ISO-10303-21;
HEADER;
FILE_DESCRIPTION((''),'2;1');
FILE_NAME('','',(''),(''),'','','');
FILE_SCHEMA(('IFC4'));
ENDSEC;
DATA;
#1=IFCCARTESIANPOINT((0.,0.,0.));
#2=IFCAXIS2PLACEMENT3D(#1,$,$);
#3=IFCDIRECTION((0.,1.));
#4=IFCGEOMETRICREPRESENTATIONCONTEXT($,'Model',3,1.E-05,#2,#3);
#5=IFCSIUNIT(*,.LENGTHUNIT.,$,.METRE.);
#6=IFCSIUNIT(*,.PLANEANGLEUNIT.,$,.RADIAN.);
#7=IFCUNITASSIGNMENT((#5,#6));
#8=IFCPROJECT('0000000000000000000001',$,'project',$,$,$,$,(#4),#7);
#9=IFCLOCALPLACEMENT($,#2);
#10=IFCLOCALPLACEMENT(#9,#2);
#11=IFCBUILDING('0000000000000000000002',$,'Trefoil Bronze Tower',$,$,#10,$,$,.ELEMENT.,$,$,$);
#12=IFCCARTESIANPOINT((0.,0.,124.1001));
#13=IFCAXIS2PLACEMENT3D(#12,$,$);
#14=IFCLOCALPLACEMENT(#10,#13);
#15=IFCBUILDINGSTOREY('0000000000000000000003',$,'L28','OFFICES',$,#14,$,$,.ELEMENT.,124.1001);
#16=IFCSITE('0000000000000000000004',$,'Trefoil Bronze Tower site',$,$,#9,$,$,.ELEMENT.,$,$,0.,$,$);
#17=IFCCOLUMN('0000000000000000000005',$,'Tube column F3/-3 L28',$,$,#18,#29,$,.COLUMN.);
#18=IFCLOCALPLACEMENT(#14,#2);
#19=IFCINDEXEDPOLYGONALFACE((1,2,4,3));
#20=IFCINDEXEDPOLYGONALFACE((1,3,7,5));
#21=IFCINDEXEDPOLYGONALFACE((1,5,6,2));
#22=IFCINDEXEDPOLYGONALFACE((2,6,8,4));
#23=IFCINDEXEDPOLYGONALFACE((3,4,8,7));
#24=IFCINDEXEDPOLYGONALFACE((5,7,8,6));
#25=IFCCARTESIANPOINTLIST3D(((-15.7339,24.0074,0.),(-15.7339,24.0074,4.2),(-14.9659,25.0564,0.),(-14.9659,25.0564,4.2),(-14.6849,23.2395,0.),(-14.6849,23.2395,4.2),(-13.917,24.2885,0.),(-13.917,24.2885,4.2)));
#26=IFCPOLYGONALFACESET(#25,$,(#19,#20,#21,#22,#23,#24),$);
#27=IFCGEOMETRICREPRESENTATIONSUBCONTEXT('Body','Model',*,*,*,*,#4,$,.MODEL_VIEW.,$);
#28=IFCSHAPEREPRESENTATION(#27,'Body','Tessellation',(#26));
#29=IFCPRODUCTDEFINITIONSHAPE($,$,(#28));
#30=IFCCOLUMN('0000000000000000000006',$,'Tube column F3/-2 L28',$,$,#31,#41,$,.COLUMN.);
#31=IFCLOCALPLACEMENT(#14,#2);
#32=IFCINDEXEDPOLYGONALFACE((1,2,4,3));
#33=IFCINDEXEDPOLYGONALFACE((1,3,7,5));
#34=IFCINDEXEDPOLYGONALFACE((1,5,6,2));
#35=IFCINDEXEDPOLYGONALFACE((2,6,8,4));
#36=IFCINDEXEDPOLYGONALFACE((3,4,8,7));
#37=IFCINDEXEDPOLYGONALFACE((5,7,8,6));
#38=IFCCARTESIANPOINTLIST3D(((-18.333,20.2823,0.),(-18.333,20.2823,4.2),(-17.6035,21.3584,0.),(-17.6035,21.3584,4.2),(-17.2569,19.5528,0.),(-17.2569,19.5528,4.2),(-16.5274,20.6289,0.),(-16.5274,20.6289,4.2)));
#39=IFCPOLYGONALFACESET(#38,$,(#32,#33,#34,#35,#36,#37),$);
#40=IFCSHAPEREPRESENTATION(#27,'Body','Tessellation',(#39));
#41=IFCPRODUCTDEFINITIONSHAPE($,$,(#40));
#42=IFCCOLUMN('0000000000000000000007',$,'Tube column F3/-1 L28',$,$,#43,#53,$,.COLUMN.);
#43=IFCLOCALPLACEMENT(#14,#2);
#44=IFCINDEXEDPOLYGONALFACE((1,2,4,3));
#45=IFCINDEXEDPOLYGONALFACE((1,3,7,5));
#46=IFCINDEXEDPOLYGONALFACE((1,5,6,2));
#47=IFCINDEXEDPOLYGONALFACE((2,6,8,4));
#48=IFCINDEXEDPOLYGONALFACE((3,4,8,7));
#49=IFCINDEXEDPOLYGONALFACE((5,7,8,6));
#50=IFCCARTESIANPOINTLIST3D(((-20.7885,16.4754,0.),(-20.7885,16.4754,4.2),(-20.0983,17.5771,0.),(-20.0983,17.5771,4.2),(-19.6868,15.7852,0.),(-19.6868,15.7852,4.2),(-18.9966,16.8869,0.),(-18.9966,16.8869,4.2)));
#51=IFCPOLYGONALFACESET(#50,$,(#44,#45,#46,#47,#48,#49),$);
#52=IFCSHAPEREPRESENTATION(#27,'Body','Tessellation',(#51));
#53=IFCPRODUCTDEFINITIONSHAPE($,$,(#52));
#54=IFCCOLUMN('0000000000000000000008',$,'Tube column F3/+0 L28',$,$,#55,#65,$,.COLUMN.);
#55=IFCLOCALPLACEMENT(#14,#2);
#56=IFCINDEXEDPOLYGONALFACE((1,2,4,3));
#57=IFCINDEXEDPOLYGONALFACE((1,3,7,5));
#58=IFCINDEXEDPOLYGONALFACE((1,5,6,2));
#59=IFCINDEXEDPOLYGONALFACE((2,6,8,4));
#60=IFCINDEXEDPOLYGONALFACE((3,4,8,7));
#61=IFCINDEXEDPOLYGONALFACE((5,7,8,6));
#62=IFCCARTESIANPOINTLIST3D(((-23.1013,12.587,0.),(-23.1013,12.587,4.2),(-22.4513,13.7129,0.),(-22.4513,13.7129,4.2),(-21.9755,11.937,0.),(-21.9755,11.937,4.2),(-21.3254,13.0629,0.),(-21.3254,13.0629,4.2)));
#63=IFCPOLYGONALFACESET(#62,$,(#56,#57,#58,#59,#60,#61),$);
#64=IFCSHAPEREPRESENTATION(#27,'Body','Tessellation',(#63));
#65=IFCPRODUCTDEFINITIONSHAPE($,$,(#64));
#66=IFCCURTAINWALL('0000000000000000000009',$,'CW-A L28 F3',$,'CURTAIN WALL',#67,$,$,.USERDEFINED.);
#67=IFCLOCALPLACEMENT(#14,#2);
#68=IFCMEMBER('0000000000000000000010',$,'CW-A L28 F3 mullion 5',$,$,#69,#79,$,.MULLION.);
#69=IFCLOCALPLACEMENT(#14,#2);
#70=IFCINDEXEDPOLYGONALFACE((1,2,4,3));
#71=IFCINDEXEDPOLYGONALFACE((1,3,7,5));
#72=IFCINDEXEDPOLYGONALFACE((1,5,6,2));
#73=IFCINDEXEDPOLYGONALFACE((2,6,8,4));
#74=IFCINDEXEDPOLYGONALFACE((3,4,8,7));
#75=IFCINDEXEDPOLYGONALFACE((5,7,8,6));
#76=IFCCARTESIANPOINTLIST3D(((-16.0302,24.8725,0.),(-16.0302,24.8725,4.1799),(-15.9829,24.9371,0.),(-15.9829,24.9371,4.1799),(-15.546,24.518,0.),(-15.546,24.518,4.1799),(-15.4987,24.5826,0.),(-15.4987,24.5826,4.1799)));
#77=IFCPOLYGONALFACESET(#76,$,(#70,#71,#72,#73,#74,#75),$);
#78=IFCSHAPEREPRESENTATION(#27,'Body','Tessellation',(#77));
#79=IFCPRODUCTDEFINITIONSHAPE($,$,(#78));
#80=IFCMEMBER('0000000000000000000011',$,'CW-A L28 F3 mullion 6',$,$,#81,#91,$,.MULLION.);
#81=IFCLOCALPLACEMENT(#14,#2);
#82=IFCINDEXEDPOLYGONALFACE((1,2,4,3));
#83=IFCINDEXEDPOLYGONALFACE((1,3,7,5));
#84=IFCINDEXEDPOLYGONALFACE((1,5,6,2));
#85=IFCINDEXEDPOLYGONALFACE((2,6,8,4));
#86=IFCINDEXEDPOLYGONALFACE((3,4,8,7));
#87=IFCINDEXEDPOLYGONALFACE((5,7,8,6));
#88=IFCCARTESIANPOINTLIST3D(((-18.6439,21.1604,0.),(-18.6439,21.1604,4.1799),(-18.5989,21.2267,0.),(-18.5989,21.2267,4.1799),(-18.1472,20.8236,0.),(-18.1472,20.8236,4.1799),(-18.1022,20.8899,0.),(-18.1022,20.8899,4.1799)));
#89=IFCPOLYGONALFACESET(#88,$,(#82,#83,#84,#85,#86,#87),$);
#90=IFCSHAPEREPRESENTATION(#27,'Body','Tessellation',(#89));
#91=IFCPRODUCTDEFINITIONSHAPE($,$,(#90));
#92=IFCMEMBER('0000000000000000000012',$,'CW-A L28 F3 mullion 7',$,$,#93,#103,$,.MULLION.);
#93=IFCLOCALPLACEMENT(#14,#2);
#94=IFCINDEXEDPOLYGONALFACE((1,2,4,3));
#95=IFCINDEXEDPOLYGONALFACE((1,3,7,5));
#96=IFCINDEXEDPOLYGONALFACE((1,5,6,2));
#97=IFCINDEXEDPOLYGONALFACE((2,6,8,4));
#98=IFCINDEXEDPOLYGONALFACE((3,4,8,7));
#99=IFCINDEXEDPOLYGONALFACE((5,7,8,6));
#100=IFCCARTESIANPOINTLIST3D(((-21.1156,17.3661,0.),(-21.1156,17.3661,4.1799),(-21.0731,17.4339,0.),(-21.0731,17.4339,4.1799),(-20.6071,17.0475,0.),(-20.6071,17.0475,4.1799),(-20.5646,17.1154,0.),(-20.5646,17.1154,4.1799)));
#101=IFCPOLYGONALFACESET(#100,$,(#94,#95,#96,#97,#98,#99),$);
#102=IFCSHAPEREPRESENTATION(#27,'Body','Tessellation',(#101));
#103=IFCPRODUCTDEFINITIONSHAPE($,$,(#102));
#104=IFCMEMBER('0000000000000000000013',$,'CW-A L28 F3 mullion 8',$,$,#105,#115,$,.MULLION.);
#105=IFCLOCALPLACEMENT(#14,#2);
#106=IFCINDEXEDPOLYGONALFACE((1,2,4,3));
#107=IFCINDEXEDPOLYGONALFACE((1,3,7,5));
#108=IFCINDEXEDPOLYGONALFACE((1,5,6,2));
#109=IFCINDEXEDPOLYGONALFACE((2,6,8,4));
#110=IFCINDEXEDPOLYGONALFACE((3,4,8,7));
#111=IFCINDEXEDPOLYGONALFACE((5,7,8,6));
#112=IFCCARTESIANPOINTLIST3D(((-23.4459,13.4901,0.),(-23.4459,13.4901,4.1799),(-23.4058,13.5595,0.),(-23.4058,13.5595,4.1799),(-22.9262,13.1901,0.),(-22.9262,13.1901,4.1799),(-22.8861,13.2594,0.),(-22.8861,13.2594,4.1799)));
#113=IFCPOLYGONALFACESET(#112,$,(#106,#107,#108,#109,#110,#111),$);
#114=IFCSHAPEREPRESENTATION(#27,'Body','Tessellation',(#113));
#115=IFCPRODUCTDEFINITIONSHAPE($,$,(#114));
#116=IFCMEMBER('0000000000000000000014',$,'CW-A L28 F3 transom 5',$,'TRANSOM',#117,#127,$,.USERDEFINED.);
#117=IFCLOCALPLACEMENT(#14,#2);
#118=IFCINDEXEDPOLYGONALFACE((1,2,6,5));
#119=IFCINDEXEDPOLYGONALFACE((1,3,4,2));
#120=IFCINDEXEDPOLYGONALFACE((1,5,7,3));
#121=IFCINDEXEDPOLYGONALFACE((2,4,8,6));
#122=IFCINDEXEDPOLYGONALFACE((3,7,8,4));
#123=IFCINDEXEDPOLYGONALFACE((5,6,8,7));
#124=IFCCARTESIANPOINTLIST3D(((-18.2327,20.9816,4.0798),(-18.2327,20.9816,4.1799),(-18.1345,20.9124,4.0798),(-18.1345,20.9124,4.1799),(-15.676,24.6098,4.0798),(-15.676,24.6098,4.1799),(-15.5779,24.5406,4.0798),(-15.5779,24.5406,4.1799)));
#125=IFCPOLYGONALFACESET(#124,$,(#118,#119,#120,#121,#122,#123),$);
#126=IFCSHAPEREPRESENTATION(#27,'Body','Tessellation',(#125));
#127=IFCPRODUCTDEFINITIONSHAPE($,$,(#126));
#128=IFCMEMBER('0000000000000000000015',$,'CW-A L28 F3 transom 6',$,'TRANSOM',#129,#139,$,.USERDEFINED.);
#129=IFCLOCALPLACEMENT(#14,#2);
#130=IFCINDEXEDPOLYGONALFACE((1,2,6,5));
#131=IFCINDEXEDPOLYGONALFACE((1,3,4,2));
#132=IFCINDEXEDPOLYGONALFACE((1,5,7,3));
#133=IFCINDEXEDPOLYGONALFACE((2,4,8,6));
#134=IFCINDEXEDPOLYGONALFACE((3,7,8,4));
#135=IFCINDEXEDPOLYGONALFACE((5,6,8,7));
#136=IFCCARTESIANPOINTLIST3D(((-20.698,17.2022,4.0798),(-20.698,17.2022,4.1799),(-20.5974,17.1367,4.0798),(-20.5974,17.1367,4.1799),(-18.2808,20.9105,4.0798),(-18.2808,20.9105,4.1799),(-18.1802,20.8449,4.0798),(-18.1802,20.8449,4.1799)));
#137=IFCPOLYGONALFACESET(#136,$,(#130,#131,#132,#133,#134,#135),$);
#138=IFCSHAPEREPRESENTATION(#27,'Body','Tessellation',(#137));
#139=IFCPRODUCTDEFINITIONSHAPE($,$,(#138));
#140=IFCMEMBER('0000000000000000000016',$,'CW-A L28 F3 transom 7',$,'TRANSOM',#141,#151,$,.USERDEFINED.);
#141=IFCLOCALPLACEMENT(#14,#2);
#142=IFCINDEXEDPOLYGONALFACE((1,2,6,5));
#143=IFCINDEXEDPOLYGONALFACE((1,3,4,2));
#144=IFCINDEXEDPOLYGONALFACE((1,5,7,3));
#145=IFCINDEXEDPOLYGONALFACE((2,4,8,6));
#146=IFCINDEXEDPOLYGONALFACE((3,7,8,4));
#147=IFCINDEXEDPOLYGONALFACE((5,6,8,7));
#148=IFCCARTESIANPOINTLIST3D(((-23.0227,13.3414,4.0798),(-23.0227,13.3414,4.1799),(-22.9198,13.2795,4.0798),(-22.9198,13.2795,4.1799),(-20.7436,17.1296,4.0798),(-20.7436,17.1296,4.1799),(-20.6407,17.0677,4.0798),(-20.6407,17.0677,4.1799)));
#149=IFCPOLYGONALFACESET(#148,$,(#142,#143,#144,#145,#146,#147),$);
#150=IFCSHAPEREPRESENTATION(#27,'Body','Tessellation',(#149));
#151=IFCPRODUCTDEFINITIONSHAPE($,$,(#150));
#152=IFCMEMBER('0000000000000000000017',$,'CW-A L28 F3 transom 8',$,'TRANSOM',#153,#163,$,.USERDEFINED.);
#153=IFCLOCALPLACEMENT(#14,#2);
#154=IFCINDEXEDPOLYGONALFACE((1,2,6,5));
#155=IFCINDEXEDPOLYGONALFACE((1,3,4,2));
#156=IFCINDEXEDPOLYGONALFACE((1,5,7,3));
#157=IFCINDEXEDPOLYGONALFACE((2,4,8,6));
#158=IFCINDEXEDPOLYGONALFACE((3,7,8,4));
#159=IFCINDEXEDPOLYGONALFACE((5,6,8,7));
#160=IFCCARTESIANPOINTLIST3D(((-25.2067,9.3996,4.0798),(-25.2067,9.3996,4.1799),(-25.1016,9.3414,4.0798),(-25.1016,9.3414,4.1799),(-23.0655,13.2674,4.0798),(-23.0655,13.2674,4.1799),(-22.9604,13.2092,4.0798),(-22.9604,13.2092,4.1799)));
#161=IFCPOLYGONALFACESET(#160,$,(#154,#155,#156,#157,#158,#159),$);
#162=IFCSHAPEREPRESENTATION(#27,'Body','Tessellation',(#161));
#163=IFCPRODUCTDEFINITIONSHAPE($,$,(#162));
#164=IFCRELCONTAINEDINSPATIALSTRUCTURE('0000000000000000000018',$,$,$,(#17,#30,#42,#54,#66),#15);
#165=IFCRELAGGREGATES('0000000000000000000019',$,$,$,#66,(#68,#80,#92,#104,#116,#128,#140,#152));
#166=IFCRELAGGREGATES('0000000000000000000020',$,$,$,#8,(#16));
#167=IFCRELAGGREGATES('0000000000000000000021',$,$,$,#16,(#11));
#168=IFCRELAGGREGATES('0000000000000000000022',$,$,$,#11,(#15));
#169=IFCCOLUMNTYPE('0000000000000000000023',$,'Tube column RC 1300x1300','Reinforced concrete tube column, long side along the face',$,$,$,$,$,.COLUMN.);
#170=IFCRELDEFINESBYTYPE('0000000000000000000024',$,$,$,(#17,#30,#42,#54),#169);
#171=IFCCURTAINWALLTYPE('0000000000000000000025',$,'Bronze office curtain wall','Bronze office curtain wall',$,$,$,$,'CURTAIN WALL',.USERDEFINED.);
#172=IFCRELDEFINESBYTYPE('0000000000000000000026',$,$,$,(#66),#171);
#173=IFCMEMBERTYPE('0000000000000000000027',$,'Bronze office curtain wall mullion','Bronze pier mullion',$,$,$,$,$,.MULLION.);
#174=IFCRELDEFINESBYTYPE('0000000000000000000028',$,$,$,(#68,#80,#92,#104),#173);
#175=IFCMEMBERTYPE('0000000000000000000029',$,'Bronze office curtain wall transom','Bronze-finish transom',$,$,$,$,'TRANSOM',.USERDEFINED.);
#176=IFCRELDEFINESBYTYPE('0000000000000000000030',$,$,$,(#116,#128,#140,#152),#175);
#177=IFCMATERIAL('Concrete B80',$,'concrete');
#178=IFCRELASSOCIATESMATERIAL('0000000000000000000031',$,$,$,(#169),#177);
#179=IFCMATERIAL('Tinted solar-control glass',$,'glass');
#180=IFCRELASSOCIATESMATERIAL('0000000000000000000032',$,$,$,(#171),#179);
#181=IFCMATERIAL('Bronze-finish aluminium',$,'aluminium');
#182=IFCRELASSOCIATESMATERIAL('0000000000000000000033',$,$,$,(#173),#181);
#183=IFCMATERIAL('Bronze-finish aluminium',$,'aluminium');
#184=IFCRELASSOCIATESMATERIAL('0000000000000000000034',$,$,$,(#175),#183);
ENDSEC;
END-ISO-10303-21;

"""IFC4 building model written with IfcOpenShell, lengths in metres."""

from ifc_helpers import new_model, si_unit, direction, frame, origin, origin_2d, place, context, subcontext, project, spatial, rectangle, extrude, material, material_profile, profile_set, type_object, element, aggregate, save


model = new_model("IFC4")

# Units and contexts
model_context = context("Model", 3, precision=1e-05, world=origin(), true_north=direction((0.0, 1.0)))
body_context = subcontext(model_context, "Body", "Model", "MODEL_VIEW")
ifc_project = project(units=[si_unit("LENGTHUNIT", "METRE"), si_unit("PLANEANGLEUNIT", "RADIAN")], contexts=[model_context])

# Site, building, storey
site_placement = place(None, origin())
site = spatial("IfcSite", under=ifc_project, at=site_placement, Name="Trefoil Bronze Tower site", CompositionType="ELEMENT", RefElevation=0.0)
building_placement = place(site_placement, origin())
building = spatial("IfcBuilding", under=site, at=building_placement, Name="Trefoil Bronze Tower", CompositionType="ELEMENT")
storey_placement = place(building_placement, frame((0.0, 0.0, 124.1001)))
storey = spatial("IfcBuildingStorey", under=building, at=storey_placement, Name="L28", Description="OFFICES", CompositionType="ELEMENT", Elevation=124.1001)

# Columns
ifc_material_1 = material(Name="Concrete B80", Category="concrete")
ifc_material_profile_1 = material_profile(ifc_material_1, rectangle(XDim=1.3, YDim=1.3, at=origin_2d()), Name="RC 1300x1300")
ifc_profile_set_1 = profile_set([ifc_material_profile_1], Name="Concrete B80")
column_type = type_object("IfcColumnType", Name="Tube column RC 1300x1300", Description="Reinforced concrete tube column, long side along the face", PredefinedType="COLUMN", material=ifc_profile_set_1)
for number, where, z_axis, x_axis, name in (
    (1, (-14.8254, 24.1479, 0.0), (0.0, 0.0, 1.0), (-0.590723, -0.806875, 0.0), "Tube column F3/-3 L28"),
    (2, (-17.4302, 20.4556, 0.0), (0.0, 0.0, 1.0), (-0.561136, -0.827724, 0.0), "Tube column F3/-2 L28"),
    (3, (-19.8926, 16.6812, 0.0), (0.0, 0.0, 1.0), (-0.530893, -0.847439, 0.0), "Tube column F3/-1 L28"),
    (4, (-22.2134, 12.825, 0.0), (0.0, 0.0, 1.0), (-0.5, -0.866025, 0.0), "Tube column F3/+0 L28"),
):
    element("IfcColumn", number, at=place(storey_placement, frame(where, z_axis=z_axis, x_axis=x_axis)), inside=storey, type_object=column_type, Name=name, PredefinedType="COLUMN", context=body_context, shape_type="SweptSolid", body=[
        extrude(rectangle(XDim=1.3, YDim=1.3, at=origin_2d()), origin(), (0.0, 0.0, 1.0), 4.2),
    ])

# Curtain wall, members
ifc_material_2 = material(Name="Tinted solar-control glass", Category="glass")
curtain_wall_type = type_object("IfcCurtainWallType", Name="Bronze office curtain wall", Description="Bronze office curtain wall", ElementType="CURTAIN WALL", PredefinedType="USERDEFINED", material=ifc_material_2)
curtain_wall_placement = place(storey_placement, origin())
curtain_wall = element("IfcCurtainWall", 5, at=curtain_wall_placement, inside=storey, type_object=curtain_wall_type, Name="CW-A L28 F3", ObjectType="CURTAIN WALL", PredefinedType="USERDEFINED")
ifc_material_3 = material(Name="Bronze-finish aluminium", Category="aluminium")
ifc_material_profile_2 = material_profile(ifc_material_3, rectangle(XDim=0.6001, YDim=0.0801, at=origin_2d()), Name="CW-A mullion")
ifc_profile_set_2 = profile_set([ifc_material_profile_2], Name="Bronze-finish aluminium")
member_type_1 = type_object("IfcMemberType", Name="Bronze office curtain wall mullion", Description="Bronze pier mullion", PredefinedType="MULLION", material=ifc_profile_set_2)
member_1_placement = place(storey_placement, frame((-15.7644, 24.7275, 0.0), z_axis=(0.0, 0.0, 1.0), x_axis=(0.806875, -0.590723, 0.0)))
member_1 = element("IfcMember", 6, at=member_1_placement, type_object=member_type_1, Name="CW-A L28 F3 mullion 5", PredefinedType="MULLION", context=body_context, shape_type="SweptSolid", body=[
    extrude(rectangle(XDim=0.6001, YDim=0.0801, at=origin_2d()), origin(), (0.0, 0.0, 1.0), 4.1799),
])
member_2_placement = place(storey_placement, frame((-18.373, 21.0251, 0.0), z_axis=(0.0, 0.0, 1.0), x_axis=(0.827724, -0.561136, 0.0)))
member_2 = element("IfcMember", 7, at=member_2_placement, type_object=member_type_1, Name="CW-A L28 F3 mullion 6", PredefinedType="MULLION", context=body_context, shape_type="SweptSolid", body=[
    extrude(rectangle(XDim=0.6001, YDim=0.0801, at=origin_2d()), origin(), (0.0, 0.0, 1.0), 4.1799),
])
member_3_placement = place(storey_placement, frame((-20.8401, 17.2407, 0.0), z_axis=(0.0, 0.0, 1.0), x_axis=(0.847439, -0.530893, 0.0)))
member_3 = element("IfcMember", 8, at=member_3_placement, type_object=member_type_1, Name="CW-A L28 F3 mullion 7", PredefinedType="MULLION", context=body_context, shape_type="SweptSolid", body=[
    extrude(rectangle(XDim=0.6001, YDim=0.0801, at=origin_2d()), origin(), (0.0, 0.0, 1.0), 4.1799),
])
member_4_placement = place(storey_placement, frame((-23.166, 13.3748, 0.0), z_axis=(0.0, 0.0, 1.0), x_axis=(0.866025, -0.5, 0.0)))
member_4 = element("IfcMember", 9, at=member_4_placement, type_object=member_type_1, Name="CW-A L28 F3 mullion 8", PredefinedType="MULLION", context=body_context, shape_type="SweptSolid", body=[
    extrude(rectangle(XDim=0.6001, YDim=0.0801, at=origin_2d()), origin(), (0.0, 0.0, 1.0), 4.1799),
])
ifc_material_4 = material(Name="Bronze-finish aluminium", Category="aluminium")
ifc_material_profile_3 = material_profile(ifc_material_4, rectangle(XDim=0.1201, YDim=0.1001, at=origin_2d()), Name="CW-A transom")
ifc_profile_set_3 = profile_set([ifc_material_profile_3], Name="Bronze-finish aluminium")
member_type_2 = type_object("IfcMemberType", Name="Bronze office curtain wall transom", Description="Bronze-finish transom", ElementType="TRANSOM", PredefinedType="USERDEFINED", material=ifc_profile_set_3)
member_5_placement = place(storey_placement, frame((-15.627, 24.5752, 4.1299), z_axis=(-0.576018, -0.817437, 0.0), x_axis=(0.817437, -0.576018, 0.0)))
member_5 = element("IfcMember", 10, at=member_5_placement, type_object=member_type_2, Name="CW-A L28 F3 transom 5", ObjectType="TRANSOM", PredefinedType="USERDEFINED", context=body_context, shape_type="SweptSolid", body=[
    extrude(rectangle(XDim=0.1201, YDim=0.1001, at=origin_2d()), origin(), (0.0, 0.0, 1.0), 4.4385),
])
member_6_placement = place(storey_placement, frame((-18.2305, 20.8777, 4.1299), z_axis=(-0.546079, -0.837733, 0.0), x_axis=(0.837733, -0.546079, 0.0)))
member_6 = element("IfcMember", 11, at=member_6_placement, type_object=member_type_2, Name="CW-A L28 F3 transom 6", ObjectType="TRANSOM", PredefinedType="USERDEFINED", context=body_context, shape_type="SweptSolid", body=[
    extrude(rectangle(XDim=0.1201, YDim=0.1001, at=origin_2d()), origin(), (0.0, 0.0, 1.0), 4.4265),
])
member_7_placement = place(storey_placement, frame((-20.6921, 17.0986, 4.1299), z_axis=(-0.515527, -0.856873, 0.0), x_axis=(0.856873, -0.515527, 0.0)))
member_7 = element("IfcMember", 12, at=member_7_placement, type_object=member_type_2, Name="CW-A L28 F3 transom 7", ObjectType="TRANSOM", PredefinedType="USERDEFINED", context=body_context, shape_type="SweptSolid", body=[
    extrude(rectangle(XDim=0.1201, YDim=0.1001, at=origin_2d()), origin(), (0.0, 0.0, 1.0), 4.4209),
])
member_8_placement = place(storey_placement, frame((-23.0129, 13.2383, 4.1299), z_axis=(-0.484329, -0.874886, 0.0), x_axis=(0.874886, -0.484329, 0.0)))
member_8 = element("IfcMember", 13, at=member_8_placement, type_object=member_type_2, Name="CW-A L28 F3 transom 8", ObjectType="TRANSOM", PredefinedType="USERDEFINED", context=body_context, shape_type="SweptSolid", body=[
    extrude(rectangle(XDim=0.1201, YDim=0.1001, at=origin_2d()), origin(), (0.0, 0.0, 1.0), 4.4209),
])

aggregate(curtain_wall, [member_1, member_2, member_3, member_4, member_5, member_6, member_7, member_8])

save(model, "model.ifc")
